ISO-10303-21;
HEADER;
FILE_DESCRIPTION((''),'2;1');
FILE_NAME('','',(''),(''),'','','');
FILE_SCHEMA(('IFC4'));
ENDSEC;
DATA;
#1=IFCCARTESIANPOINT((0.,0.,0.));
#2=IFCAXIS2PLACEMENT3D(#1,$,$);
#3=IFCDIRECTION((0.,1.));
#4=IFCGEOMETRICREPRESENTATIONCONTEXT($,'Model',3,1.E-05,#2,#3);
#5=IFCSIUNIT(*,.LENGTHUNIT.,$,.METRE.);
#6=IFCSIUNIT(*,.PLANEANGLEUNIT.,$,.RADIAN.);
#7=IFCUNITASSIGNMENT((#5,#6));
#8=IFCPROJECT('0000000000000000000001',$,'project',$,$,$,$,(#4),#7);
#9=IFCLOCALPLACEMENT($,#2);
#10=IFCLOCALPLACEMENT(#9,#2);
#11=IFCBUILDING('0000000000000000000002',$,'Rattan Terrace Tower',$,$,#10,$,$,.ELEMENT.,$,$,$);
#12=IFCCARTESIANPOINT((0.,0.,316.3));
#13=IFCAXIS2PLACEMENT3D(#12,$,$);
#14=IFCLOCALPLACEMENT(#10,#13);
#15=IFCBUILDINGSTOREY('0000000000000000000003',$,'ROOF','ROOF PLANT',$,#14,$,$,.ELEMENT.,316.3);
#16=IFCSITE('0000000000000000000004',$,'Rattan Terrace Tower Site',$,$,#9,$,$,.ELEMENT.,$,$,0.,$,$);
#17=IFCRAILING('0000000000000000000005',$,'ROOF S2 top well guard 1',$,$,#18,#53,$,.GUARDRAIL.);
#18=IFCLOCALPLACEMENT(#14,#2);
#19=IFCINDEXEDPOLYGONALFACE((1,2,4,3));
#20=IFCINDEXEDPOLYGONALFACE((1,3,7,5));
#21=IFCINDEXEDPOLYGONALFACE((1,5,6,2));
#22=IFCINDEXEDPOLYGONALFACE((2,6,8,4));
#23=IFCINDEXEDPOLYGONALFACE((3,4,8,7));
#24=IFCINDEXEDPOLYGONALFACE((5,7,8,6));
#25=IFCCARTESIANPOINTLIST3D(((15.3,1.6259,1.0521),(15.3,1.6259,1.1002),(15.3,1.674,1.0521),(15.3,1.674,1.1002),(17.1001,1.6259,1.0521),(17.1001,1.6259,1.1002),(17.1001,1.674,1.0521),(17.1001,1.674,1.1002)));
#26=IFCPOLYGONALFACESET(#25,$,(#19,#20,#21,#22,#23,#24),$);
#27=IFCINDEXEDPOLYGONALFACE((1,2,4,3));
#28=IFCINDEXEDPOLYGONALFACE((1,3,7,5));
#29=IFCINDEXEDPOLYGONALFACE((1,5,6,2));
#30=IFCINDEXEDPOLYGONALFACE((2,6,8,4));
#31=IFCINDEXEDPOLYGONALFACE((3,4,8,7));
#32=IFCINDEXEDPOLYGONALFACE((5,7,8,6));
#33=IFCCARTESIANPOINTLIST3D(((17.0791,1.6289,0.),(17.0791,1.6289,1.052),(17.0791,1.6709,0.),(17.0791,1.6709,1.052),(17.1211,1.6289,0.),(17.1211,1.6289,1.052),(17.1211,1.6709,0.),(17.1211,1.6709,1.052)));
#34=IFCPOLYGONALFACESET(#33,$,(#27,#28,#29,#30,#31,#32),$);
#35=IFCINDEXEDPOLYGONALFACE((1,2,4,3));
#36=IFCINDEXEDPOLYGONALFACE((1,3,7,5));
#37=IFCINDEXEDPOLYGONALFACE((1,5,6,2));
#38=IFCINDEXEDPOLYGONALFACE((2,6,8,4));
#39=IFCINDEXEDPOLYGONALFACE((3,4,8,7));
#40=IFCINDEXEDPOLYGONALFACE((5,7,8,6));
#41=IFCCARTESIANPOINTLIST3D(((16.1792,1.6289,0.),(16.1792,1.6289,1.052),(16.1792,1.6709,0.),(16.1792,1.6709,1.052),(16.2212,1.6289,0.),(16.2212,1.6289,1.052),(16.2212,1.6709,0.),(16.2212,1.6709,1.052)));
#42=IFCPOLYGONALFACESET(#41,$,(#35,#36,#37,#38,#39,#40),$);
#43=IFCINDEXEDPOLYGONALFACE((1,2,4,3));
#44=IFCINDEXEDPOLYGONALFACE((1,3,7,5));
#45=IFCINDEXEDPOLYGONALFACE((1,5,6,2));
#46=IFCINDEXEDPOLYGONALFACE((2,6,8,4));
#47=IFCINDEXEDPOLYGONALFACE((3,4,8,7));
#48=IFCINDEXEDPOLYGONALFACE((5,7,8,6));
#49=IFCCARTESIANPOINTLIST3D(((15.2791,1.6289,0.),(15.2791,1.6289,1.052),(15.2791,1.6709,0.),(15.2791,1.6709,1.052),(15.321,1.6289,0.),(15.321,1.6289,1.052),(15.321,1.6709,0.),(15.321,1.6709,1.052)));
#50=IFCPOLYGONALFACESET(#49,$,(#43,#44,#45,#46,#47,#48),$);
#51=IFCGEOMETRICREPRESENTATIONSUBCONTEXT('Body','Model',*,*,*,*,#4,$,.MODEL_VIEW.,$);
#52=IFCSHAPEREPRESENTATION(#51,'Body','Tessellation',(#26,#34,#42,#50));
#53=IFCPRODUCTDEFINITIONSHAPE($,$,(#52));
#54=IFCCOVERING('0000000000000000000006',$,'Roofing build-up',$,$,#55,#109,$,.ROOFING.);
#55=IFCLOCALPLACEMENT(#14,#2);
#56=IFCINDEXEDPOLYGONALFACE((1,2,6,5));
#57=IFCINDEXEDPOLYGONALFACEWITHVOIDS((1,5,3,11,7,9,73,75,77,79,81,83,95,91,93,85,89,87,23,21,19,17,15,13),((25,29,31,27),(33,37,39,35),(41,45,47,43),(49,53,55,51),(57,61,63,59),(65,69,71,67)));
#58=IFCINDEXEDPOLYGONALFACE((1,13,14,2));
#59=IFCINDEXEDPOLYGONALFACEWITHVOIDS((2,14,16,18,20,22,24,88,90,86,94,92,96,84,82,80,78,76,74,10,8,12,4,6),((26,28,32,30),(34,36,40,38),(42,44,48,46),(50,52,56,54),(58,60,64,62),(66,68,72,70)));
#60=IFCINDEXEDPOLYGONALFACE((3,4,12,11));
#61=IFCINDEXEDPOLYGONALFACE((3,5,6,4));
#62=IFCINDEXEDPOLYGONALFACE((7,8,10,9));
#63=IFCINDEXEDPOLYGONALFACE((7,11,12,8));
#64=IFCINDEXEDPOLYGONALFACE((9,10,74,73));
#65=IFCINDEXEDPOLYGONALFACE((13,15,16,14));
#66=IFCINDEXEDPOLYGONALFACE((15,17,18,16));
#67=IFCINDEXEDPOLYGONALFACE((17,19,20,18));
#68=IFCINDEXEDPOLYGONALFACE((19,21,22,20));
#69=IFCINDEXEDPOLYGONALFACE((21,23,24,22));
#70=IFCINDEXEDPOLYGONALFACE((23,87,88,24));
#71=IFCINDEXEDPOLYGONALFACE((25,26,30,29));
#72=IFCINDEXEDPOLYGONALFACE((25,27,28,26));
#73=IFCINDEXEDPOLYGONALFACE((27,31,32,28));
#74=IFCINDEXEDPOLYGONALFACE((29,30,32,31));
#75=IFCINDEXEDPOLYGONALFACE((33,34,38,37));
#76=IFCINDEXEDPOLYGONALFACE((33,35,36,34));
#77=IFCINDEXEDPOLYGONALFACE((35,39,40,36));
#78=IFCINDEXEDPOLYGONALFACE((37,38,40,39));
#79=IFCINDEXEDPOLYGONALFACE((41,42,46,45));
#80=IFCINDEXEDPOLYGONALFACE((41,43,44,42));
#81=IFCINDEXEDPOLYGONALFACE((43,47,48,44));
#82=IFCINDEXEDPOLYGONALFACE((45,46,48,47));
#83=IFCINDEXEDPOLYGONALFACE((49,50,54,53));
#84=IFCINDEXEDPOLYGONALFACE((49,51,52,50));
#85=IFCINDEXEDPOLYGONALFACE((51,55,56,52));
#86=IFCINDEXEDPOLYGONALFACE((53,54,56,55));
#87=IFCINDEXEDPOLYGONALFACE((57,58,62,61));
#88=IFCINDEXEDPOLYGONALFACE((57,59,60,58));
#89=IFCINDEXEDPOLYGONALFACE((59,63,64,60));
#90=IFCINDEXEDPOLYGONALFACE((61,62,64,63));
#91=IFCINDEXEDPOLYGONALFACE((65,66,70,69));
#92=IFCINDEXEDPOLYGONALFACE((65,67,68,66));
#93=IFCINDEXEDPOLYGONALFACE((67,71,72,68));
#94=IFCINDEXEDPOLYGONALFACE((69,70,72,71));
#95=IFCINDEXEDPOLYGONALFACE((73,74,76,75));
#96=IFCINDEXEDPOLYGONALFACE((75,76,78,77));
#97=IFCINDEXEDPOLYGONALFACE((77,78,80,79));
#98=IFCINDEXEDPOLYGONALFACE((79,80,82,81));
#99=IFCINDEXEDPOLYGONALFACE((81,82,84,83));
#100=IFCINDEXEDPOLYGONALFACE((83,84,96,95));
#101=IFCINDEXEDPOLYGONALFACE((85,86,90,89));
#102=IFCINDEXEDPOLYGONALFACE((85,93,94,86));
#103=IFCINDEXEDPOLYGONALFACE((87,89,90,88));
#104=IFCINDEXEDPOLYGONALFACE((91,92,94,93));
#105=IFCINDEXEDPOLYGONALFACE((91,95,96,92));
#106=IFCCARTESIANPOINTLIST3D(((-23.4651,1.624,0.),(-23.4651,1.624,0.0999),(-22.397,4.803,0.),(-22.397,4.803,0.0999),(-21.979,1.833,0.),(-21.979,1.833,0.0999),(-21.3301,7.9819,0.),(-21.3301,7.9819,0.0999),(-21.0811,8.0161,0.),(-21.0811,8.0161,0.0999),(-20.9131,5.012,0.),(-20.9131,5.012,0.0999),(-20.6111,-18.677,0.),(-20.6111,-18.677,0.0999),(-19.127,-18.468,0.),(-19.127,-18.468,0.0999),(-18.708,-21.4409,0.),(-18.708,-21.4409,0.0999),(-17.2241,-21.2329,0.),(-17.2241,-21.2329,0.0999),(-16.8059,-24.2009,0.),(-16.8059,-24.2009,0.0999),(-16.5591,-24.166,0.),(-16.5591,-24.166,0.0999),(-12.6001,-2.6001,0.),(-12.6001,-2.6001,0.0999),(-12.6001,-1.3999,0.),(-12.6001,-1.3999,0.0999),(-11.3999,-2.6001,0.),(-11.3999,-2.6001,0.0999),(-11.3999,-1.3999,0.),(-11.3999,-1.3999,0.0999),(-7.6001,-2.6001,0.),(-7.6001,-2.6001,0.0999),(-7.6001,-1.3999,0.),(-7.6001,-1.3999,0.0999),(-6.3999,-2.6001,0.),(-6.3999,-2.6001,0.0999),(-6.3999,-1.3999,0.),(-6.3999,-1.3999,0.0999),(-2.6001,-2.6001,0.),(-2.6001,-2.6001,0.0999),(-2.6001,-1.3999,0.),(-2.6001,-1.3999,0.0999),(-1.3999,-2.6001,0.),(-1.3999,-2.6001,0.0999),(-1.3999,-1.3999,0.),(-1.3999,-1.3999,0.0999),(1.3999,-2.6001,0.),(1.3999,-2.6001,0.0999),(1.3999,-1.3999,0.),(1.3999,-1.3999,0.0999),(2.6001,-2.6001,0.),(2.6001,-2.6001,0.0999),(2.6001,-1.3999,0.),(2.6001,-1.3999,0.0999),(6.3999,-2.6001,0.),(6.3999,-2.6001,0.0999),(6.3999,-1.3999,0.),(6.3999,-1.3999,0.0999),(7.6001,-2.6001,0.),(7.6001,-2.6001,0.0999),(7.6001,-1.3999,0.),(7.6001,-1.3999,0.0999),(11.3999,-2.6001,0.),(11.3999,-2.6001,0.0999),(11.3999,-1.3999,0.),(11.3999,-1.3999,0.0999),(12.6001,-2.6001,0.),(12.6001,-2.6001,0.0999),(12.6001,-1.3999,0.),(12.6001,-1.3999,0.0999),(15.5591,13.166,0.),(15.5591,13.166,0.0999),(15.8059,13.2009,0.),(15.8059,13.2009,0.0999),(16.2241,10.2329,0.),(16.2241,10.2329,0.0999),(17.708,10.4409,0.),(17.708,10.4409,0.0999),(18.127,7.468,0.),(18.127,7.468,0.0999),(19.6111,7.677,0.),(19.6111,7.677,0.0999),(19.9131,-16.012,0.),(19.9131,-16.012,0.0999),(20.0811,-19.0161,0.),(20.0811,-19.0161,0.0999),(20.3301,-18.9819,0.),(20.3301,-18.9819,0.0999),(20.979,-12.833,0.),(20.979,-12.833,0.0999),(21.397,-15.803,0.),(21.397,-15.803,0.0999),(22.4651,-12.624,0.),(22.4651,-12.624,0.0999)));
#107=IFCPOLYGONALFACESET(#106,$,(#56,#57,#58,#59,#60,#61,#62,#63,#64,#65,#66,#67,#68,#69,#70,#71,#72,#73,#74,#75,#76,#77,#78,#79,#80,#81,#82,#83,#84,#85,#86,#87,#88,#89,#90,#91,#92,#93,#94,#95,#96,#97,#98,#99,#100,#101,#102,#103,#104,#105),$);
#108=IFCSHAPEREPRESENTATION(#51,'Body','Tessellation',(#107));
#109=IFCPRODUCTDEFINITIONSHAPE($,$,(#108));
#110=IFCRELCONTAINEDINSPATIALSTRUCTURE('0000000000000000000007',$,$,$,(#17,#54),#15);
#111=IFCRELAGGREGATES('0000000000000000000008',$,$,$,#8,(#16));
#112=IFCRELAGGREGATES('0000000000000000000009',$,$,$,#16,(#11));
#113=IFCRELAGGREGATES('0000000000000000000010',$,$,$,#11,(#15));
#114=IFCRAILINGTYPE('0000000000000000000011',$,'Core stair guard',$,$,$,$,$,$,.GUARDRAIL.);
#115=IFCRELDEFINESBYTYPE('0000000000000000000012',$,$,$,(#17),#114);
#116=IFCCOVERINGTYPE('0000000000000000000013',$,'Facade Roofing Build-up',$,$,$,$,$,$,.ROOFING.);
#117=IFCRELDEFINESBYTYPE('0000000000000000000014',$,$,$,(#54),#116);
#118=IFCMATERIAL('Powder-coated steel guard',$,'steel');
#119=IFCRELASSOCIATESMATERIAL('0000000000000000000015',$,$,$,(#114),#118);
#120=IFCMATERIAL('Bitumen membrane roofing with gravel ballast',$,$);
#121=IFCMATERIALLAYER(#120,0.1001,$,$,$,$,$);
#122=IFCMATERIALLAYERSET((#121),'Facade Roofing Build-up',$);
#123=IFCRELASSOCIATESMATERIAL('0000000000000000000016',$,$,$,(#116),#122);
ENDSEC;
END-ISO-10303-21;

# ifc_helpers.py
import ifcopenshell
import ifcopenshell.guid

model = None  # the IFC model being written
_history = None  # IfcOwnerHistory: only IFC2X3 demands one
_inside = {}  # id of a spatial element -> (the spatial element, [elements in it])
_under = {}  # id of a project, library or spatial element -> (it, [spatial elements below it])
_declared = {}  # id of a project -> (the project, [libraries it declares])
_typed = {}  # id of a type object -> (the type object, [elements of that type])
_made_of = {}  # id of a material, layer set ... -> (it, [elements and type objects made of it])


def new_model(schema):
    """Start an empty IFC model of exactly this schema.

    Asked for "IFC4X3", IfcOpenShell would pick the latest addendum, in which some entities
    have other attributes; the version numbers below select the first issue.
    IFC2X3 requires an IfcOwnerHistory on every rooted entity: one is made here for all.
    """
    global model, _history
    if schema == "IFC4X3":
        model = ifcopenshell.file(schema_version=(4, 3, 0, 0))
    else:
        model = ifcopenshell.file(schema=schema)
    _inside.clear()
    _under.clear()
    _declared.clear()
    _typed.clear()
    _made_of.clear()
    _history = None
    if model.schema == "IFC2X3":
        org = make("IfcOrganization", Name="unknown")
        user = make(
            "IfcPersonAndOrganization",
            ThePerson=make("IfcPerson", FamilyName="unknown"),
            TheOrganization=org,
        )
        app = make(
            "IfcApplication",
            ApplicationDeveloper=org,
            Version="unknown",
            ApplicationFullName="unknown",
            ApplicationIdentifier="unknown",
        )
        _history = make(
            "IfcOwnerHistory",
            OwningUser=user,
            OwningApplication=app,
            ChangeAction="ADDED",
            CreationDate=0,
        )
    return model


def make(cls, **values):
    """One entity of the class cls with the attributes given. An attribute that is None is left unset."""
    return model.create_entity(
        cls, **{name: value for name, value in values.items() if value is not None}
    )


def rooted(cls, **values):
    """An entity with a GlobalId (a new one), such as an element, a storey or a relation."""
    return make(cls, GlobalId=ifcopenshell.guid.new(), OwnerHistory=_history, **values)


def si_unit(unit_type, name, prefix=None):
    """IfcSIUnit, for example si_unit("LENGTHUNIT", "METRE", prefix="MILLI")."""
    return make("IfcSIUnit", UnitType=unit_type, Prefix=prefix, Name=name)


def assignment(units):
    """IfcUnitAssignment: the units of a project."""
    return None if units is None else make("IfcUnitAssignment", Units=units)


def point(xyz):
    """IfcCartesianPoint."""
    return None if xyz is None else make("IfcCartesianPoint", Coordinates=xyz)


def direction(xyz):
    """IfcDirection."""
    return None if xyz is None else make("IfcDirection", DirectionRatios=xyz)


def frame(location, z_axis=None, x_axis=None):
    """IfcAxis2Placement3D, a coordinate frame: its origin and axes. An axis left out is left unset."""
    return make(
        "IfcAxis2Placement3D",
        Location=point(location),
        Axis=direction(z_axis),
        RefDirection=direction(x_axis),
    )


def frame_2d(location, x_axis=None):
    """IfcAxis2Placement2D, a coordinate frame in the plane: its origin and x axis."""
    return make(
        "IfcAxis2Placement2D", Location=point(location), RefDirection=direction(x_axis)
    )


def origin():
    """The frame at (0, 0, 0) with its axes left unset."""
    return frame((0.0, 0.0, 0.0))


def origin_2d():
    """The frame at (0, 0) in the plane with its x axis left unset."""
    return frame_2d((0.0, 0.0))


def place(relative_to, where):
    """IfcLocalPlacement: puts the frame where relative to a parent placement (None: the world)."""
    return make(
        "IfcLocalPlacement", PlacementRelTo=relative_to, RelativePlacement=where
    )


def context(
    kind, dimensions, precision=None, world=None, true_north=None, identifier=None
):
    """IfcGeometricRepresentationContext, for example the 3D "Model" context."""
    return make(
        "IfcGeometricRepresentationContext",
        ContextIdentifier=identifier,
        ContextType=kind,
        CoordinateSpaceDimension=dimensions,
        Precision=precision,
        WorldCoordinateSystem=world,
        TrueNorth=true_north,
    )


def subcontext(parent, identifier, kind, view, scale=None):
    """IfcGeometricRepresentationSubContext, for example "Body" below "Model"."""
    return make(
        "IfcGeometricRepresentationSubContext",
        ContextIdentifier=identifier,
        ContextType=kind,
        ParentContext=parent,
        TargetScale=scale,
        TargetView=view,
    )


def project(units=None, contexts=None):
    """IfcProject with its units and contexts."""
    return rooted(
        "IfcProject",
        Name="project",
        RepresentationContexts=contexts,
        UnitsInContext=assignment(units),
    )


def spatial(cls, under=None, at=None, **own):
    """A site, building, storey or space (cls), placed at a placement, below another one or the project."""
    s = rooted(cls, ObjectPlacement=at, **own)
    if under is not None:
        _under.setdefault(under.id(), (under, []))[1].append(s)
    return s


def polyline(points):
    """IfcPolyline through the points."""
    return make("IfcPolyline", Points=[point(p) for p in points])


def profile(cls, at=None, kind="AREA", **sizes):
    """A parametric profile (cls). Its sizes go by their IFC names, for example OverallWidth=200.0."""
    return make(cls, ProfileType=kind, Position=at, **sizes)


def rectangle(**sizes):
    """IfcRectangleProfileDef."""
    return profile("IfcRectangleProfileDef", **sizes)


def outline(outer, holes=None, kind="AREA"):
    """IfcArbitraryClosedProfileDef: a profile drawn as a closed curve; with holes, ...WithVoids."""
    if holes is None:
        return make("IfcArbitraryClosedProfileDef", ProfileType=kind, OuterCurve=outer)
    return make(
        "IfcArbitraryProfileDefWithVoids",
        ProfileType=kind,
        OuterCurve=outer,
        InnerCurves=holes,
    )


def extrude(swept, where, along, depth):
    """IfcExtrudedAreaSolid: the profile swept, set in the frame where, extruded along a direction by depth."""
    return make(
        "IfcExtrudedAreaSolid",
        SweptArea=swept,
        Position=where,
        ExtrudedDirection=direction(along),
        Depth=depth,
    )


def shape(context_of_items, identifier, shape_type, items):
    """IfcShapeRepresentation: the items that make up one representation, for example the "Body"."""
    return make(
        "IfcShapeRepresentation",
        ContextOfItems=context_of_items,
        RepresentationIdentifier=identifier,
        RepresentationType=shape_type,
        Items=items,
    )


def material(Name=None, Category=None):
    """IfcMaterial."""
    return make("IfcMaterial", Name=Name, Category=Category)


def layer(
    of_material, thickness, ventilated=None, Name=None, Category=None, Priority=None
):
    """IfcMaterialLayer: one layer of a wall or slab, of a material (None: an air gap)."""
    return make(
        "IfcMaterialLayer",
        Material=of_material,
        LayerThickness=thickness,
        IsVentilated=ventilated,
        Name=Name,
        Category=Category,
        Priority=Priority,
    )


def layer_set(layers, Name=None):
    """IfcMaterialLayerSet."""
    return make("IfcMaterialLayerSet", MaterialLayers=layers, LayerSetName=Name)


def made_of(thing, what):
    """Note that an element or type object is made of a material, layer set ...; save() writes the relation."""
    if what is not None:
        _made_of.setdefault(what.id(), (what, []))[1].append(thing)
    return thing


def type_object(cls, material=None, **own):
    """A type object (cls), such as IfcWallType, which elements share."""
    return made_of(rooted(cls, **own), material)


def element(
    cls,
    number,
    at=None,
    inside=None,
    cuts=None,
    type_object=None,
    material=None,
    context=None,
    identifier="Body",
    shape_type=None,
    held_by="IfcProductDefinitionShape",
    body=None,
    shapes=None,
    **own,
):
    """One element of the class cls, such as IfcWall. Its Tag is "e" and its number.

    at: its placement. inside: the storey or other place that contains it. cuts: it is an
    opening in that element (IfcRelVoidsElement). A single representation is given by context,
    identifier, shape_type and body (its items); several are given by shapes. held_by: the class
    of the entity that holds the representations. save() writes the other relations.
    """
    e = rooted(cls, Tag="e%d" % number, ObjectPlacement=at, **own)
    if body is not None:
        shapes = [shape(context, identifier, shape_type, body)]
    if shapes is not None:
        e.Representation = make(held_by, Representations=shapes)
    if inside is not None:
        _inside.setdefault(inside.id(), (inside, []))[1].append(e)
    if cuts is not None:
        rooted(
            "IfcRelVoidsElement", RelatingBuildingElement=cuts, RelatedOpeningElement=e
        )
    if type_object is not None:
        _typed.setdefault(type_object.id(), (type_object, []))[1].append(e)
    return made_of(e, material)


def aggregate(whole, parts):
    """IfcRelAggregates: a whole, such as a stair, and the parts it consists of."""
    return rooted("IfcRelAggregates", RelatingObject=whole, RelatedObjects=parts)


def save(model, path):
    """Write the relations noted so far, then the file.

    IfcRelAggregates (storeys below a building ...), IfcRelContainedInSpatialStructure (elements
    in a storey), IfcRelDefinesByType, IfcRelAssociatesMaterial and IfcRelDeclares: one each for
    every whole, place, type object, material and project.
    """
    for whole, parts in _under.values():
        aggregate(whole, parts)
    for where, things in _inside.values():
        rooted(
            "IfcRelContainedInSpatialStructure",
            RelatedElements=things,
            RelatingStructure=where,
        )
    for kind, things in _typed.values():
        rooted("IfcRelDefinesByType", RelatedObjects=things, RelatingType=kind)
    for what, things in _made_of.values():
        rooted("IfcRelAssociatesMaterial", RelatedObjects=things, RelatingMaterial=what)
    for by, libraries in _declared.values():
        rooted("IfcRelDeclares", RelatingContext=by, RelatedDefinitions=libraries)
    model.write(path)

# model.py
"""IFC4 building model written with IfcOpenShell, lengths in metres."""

from ifc_helpers import new_model, si_unit, direction, frame, origin, origin_2d, place, context, subcontext, project, spatial, polyline, rectangle, outline, extrude, material, layer, layer_set, type_object, element, save


model = new_model("IFC4")

# Units and contexts
model_context = context("Model", 3, precision=1e-05, world=origin(), true_north=direction((0.0, 1.0)))
body_context = subcontext(model_context, "Body", "Model", "MODEL_VIEW")
ifc_project = project(units=[si_unit("LENGTHUNIT", "METRE"), si_unit("PLANEANGLEUNIT", "RADIAN")], contexts=[model_context])

# Site, building, storey
site_placement = place(None, origin())
site = spatial("IfcSite", under=ifc_project, at=site_placement, Name="Rattan Terrace Tower Site", CompositionType="ELEMENT", RefElevation=0.0)
building_placement = place(site_placement, origin())
building = spatial("IfcBuilding", under=site, at=building_placement, Name="Rattan Terrace Tower", CompositionType="ELEMENT")
storey_placement = place(building_placement, frame((0.0, 0.0, 316.3)))
storey = spatial("IfcBuildingStorey", under=building, at=storey_placement, Name="ROOF", Description="ROOF PLANT", CompositionType="ELEMENT", Elevation=316.3)

# Railing
ifc_material_1 = material(Name="Powder-coated steel guard", Category="steel")
railing_type = type_object("IfcRailingType", Name="Core stair guard", PredefinedType="GUARDRAIL", material=ifc_material_1)
railing_placement = place(storey_placement, frame((17.1001, 1.6499, 0.0)))
element("IfcRailing", 1, at=railing_placement, inside=storey, type_object=railing_type, Name="ROOF S2 top well guard 1", PredefinedType="GUARDRAIL", context=body_context, shape_type="SweptSolid", body=[
    extrude(rectangle(XDim=0.0481, YDim=0.0481, at=origin_2d()), frame((0.0, 0.0, 1.0762), z_axis=(-1.0, 0.0, 0.0), x_axis=(0.0, -1.0, 0.0)), (0.0, 0.0, 1.0), 1.8),
    extrude(rectangle(XDim=0.042, YDim=0.042, at=origin_2d()), origin(), (0.0, 0.0, 1.0), 1.052),
    extrude(rectangle(XDim=0.042, YDim=0.042, at=origin_2d()), frame((-0.8999, 0.0, 0.0)), (0.0, 0.0, 1.0), 1.052),
    extrude(rectangle(XDim=0.042, YDim=0.042, at=origin_2d()), frame((-1.8, 0.0, 0.0)), (0.0, 0.0, 1.0), 1.052),
])

# Covering
ifc_material_2 = material(Name="Bitumen membrane roofing with gravel ballast")
ifc_layer_1 = layer(ifc_material_2, 0.1001)
ifc_layer_set_1 = layer_set([ifc_layer_1], Name="Facade Roofing Build-up")
covering_type = type_object("IfcCoveringType", Name="Facade Roofing Build-up", PredefinedType="ROOFING", material=ifc_layer_set_1)
covering_placement = place(storey_placement, origin())
element("IfcCovering", 2, at=covering_placement, inside=storey, type_object=covering_type, Name="Roofing build-up", PredefinedType="ROOFING", context=body_context, shape_type="SweptSolid", body=[
    extrude(outline(polyline([(-23.4651, 1.624), (-21.979, 1.833), (-22.397, 4.803), (-20.9131, 5.012), (-21.3301, 7.9819), (-21.0811, 8.0161), (15.5591, 13.166), (15.8059, 13.2009), (16.2241, 10.2329), (17.708, 10.4409), (18.127, 7.468), (19.6111, 7.677), (22.4651, -12.624), (20.979, -12.833), (21.397, -15.803), (19.9131, -16.012), (20.3301, -18.9819), (20.0811, -19.0161), (-16.5591, -24.166), (-16.8059, -24.2009), (-17.2241, -21.2329), (-18.708, -21.4409), (-19.127, -18.468), (-20.6111, -18.677), (-23.4651, 1.624)]), holes=[polyline([(-12.6001, -2.6001), (-11.3999, -2.6001), (-11.3999, -1.3999), (-12.6001, -1.3999), (-12.6001, -2.6001)]), polyline([(-7.6001, -2.6001), (-6.3999, -2.6001), (-6.3999, -1.3999), (-7.6001, -1.3999), (-7.6001, -2.6001)]), polyline([(-2.6001, -2.6001), (-1.3999, -2.6001), (-1.3999, -1.3999), (-2.6001, -1.3999), (-2.6001, -2.6001)]), polyline([(1.3999, -2.6001), (2.6001, -2.6001), (2.6001, -1.3999), (1.3999, -1.3999), (1.3999, -2.6001)]), polyline([(6.3999, -2.6001), (7.6001, -2.6001), (7.6001, -1.3999), (6.3999, -1.3999), (6.3999, -2.6001)]), polyline([(11.3999, -2.6001), (12.6001, -2.6001), (12.6001, -1.3999), (11.3999, -1.3999), (11.3999, -2.6001)])]), origin(), (0.0, 0.0, 1.0), 0.0999),
])

save(model, "model.ifc")
